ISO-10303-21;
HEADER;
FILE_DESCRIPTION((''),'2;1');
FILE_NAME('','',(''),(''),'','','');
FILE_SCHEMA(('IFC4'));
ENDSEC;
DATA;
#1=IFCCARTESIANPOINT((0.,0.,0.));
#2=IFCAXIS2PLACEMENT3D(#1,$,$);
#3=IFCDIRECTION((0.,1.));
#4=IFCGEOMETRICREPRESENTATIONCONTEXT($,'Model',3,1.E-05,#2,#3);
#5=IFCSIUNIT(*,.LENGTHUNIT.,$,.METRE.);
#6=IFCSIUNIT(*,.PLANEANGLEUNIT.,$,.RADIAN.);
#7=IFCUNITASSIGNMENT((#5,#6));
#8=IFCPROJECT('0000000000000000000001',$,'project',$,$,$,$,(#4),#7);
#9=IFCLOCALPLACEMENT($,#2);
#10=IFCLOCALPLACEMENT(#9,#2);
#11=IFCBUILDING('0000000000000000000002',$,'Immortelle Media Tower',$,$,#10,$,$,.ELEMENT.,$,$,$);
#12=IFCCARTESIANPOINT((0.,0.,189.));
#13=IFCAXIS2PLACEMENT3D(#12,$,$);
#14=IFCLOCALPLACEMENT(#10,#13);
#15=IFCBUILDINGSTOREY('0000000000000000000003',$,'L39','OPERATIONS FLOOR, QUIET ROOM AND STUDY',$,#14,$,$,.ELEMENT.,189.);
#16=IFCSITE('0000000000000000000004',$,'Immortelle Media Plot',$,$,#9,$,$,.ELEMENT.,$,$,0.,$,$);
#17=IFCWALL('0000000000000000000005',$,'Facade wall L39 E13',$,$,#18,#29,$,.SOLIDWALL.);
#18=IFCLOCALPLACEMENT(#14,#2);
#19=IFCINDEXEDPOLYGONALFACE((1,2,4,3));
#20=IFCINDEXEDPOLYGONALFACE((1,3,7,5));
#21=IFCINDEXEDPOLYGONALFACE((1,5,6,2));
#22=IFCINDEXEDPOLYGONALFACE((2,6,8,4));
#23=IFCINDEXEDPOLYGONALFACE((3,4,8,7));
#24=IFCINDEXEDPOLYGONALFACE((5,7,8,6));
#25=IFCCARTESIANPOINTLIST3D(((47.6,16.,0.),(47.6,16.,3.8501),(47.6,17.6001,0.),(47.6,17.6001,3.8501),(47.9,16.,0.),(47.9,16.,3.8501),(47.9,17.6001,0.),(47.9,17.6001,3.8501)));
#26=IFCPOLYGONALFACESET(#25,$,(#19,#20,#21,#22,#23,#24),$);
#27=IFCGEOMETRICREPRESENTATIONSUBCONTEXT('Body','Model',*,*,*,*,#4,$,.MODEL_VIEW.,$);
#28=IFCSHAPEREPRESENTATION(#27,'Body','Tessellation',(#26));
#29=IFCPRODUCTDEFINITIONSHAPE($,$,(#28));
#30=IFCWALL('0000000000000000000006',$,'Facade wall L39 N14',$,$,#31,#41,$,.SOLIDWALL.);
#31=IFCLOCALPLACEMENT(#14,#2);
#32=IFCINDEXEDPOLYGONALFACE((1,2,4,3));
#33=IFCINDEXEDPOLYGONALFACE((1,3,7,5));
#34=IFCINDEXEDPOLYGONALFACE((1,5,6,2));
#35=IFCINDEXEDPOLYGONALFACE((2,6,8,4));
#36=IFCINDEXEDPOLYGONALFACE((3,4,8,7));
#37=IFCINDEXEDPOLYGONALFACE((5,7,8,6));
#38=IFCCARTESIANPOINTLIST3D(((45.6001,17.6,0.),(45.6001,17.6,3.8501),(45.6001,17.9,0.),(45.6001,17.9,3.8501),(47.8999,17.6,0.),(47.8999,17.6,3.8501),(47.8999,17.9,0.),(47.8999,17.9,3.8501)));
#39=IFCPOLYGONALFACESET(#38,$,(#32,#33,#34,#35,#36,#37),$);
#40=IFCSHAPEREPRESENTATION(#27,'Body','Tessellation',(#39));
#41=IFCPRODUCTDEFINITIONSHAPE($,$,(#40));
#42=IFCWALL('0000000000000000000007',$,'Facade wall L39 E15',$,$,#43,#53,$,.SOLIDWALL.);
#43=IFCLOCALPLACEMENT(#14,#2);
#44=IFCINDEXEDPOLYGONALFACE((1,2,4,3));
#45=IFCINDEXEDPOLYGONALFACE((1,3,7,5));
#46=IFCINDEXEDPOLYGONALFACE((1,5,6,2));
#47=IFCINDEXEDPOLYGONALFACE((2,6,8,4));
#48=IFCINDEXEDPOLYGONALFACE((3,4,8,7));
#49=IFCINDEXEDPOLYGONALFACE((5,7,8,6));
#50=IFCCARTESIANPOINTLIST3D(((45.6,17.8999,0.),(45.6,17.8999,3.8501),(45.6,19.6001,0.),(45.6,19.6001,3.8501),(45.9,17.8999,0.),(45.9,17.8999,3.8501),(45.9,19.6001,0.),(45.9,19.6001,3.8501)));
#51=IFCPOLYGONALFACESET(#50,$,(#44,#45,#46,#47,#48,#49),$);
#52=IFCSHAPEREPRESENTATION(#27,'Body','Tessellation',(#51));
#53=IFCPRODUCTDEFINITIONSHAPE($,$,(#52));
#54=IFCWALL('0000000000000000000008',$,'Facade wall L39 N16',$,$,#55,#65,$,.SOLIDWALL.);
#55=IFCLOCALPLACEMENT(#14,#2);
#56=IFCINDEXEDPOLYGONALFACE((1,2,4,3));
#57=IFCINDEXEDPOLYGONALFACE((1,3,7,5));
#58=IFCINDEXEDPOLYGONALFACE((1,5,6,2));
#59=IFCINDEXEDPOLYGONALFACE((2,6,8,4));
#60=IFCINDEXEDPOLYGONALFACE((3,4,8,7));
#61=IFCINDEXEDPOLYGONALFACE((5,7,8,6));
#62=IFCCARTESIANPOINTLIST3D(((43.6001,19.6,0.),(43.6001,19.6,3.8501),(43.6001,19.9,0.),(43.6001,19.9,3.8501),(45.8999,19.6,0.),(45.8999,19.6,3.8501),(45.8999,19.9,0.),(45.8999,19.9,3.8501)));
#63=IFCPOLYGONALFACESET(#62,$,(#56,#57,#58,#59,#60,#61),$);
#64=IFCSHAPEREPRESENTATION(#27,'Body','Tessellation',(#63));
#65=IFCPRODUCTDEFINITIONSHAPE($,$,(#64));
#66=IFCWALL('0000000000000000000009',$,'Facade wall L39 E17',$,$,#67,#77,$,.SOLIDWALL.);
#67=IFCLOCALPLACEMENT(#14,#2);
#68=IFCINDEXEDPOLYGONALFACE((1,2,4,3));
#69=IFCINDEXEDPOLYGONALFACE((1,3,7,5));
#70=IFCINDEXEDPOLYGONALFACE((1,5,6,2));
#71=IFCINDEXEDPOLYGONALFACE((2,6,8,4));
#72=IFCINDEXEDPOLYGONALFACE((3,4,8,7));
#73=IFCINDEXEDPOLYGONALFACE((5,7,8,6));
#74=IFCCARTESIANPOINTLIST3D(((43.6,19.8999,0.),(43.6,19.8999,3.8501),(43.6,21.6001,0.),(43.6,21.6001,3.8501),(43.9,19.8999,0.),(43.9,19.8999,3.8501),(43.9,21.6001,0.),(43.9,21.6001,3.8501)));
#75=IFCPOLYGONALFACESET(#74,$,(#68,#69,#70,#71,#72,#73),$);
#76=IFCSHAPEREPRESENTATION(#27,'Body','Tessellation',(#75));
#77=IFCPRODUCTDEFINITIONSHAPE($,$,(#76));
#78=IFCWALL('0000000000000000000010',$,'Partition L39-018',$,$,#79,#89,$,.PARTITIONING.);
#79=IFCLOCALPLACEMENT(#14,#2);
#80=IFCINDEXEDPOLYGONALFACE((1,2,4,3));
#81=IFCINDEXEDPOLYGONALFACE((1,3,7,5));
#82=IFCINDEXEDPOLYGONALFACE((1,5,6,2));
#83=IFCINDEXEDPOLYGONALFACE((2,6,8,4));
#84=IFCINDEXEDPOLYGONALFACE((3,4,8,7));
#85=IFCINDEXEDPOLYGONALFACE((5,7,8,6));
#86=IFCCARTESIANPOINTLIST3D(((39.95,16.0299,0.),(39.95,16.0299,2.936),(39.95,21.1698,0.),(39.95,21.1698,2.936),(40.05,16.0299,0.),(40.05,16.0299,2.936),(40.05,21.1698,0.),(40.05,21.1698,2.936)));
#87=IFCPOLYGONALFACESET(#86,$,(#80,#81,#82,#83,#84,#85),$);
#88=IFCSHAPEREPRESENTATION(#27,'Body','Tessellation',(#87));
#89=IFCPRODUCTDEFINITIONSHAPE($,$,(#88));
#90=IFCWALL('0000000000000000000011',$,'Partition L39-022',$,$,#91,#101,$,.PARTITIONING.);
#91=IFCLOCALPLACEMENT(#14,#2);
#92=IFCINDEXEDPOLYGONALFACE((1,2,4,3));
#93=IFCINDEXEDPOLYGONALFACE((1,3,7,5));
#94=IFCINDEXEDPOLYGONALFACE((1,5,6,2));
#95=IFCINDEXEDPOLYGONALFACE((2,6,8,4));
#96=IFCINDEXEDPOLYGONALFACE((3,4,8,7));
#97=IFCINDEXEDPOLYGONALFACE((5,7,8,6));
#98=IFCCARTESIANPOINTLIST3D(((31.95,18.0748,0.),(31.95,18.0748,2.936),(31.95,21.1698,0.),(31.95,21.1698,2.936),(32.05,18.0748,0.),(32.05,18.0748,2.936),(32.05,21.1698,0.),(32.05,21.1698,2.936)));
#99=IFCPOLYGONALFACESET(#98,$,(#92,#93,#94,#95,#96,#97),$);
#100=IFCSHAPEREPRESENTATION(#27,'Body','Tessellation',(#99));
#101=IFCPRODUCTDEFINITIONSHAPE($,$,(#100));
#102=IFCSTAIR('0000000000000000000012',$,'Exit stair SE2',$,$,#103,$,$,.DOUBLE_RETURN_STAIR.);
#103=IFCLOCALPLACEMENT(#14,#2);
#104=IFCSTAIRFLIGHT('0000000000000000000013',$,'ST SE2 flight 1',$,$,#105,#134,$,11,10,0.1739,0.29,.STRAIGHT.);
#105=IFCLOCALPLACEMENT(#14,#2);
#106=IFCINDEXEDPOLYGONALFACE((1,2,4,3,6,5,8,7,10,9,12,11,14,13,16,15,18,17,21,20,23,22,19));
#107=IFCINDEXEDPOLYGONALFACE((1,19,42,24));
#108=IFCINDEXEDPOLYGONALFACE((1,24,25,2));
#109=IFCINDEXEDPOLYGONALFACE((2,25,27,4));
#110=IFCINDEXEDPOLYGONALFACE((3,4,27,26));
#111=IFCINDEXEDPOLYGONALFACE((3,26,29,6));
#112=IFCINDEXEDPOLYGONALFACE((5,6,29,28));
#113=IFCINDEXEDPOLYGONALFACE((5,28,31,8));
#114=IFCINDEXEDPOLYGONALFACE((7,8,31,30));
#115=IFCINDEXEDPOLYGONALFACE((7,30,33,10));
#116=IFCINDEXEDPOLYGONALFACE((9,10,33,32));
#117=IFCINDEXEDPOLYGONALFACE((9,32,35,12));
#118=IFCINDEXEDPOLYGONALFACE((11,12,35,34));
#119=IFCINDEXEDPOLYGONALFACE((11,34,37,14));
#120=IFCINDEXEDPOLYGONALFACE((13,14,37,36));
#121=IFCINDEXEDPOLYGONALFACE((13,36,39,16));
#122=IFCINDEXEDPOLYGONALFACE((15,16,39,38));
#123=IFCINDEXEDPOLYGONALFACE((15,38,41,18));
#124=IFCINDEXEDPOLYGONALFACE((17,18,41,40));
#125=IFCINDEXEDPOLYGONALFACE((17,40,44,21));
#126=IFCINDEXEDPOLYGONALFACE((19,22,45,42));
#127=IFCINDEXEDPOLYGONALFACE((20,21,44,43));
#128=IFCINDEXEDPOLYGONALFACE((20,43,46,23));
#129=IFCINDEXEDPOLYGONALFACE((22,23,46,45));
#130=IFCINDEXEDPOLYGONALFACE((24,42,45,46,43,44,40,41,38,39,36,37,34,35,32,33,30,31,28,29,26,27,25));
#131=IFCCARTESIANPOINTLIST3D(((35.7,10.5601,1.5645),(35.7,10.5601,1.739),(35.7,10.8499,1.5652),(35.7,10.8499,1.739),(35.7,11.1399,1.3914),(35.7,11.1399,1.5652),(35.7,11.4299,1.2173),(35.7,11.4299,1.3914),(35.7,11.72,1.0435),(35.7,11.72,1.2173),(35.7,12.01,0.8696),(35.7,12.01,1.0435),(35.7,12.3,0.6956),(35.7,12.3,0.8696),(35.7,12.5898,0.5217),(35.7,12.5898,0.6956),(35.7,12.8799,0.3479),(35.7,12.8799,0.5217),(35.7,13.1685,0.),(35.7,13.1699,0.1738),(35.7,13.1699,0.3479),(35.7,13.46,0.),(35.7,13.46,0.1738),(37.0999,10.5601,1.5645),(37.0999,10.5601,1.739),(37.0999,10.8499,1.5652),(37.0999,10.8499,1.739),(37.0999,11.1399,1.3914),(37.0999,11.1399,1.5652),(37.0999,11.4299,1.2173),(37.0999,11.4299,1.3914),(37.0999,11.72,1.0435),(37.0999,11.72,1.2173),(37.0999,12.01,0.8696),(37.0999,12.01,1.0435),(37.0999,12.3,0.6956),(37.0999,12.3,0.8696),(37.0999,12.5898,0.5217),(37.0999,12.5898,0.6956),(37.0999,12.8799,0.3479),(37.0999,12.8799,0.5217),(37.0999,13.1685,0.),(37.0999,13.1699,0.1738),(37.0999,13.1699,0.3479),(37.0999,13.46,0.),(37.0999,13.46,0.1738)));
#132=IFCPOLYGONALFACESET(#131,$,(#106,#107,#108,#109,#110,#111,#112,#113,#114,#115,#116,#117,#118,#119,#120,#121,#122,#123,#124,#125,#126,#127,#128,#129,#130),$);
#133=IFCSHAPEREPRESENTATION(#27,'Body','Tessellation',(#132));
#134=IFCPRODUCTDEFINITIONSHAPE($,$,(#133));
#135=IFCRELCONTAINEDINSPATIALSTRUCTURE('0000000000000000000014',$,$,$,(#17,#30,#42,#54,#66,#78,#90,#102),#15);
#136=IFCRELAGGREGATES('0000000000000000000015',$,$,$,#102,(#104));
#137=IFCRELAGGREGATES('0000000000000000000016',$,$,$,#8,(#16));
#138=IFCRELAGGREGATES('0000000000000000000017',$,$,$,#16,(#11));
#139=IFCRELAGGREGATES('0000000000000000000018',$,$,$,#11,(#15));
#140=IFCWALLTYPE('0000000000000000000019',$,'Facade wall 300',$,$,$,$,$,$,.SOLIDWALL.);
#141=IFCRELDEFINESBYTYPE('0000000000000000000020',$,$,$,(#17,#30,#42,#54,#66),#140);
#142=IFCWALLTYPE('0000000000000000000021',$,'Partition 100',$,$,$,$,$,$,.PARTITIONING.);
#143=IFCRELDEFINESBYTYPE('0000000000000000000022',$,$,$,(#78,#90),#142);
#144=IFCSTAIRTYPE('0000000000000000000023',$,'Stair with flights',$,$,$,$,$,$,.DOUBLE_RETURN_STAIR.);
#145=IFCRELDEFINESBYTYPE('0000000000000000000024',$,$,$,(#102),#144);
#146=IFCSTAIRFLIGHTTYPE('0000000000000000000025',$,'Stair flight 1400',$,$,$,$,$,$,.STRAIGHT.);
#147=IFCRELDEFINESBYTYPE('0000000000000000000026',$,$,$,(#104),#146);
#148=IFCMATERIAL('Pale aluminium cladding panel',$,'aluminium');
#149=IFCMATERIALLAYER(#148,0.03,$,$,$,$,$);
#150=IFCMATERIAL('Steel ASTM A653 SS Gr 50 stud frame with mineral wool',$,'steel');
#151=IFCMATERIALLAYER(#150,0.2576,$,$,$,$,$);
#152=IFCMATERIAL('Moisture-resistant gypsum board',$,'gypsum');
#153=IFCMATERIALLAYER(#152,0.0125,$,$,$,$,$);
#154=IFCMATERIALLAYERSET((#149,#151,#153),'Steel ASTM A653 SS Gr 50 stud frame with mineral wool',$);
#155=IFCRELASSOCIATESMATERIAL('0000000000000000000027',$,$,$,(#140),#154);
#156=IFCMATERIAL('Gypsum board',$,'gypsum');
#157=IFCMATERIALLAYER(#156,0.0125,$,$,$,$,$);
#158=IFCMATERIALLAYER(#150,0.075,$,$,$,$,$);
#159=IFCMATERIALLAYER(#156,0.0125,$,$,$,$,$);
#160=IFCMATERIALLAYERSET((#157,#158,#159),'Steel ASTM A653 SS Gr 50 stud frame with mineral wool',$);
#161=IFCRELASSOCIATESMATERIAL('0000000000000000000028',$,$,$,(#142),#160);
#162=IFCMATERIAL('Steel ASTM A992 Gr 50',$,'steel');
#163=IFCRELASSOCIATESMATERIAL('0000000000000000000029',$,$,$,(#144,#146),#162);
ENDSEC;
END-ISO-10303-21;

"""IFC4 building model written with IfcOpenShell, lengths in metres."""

from ifc_helpers import new_model, si_unit, direction, frame, frame_2d, origin, place, context, subcontext, project, spatial, polyline, rectangle, outline, extrude, material, layer, layer_set, type_object, element, aggregate, save


model = new_model("IFC4")

# Units and contexts
model_context = context("Model", 3, precision=1e-05, world=origin(), true_north=direction((0.0, 1.0)))
body_context = subcontext(model_context, "Body", "Model", "MODEL_VIEW")
ifc_project = project(units=[si_unit("LENGTHUNIT", "METRE"), si_unit("PLANEANGLEUNIT", "RADIAN")], contexts=[model_context])

# Site, building, storey
site_placement = place(None, origin())
site = spatial("IfcSite", under=ifc_project, at=site_placement, Name="Immortelle Media Plot", CompositionType="ELEMENT", RefElevation=0.0)
building_placement = place(site_placement, origin())
building = spatial("IfcBuilding", under=site, at=building_placement, Name="Immortelle Media Tower", CompositionType="ELEMENT")
storey_placement = place(building_placement, frame((0.0, 0.0, 189.0)))
storey = spatial("IfcBuildingStorey", under=building, at=storey_placement, Name="L39", Description="OPERATIONS FLOOR, QUIET ROOM AND STUDY", CompositionType="ELEMENT", Elevation=189.0)

# Shared definitions
ifc_material_1 = material(Name="Steel ASTM A992 Gr 50", Category="steel")

# Walls
ifc_material_2 = material(Name="Steel ASTM A653 SS Gr 50 stud frame with mineral wool", Category="steel")
ifc_material_3 = material(Name="Pale aluminium cladding panel", Category="aluminium")
ifc_layer_1 = layer(ifc_material_3, 0.03)
ifc_layer_2 = layer(ifc_material_2, 0.2576)
ifc_material_4 = material(Name="Moisture-resistant gypsum board", Category="gypsum")
ifc_layer_3 = layer(ifc_material_4, 0.0125)
ifc_layer_set_1 = layer_set([ifc_layer_1, ifc_layer_2, ifc_layer_3], Name="Steel ASTM A653 SS Gr 50 stud frame with mineral wool")
wall_type_1 = type_object("IfcWallType", Name="Facade wall 300", PredefinedType="SOLIDWALL", material=ifc_layer_set_1)
wall_1_placement = place(storey_placement, frame((47.75, 16.0, 0.0), z_axis=(0.0, 0.0, 1.0), x_axis=(0.0, 1.0, 0.0)))
element("IfcWall", 1, at=wall_1_placement, inside=storey, type_object=wall_type_1, Name="Facade wall L39 E13", PredefinedType="SOLIDWALL", context=body_context, shape_type="SweptSolid", body=[
    extrude(rectangle(XDim=1.6001, YDim=0.3, at=frame_2d((0.8, 0.0))), origin(), (0.0, 0.0, 1.0), 3.8501),
])
wall_2_placement = place(storey_placement, frame((47.8999, 17.75, 0.0), z_axis=(0.0, 0.0, 1.0), x_axis=(-1.0, 0.0, 0.0)))
element("IfcWall", 2, at=wall_2_placement, inside=storey, type_object=wall_type_1, Name="Facade wall L39 N14", PredefinedType="SOLIDWALL", context=body_context, shape_type="SweptSolid", body=[
    extrude(rectangle(XDim=2.2998, YDim=0.3, at=frame_2d((1.1499, 0.0))), origin(), (0.0, 0.0, 1.0), 3.8501),
])
wall_3_placement = place(storey_placement, frame((45.75, 17.8999, 0.0), z_axis=(0.0, 0.0, 1.0), x_axis=(0.0, 1.0, 0.0)))
element("IfcWall", 3, at=wall_3_placement, inside=storey, type_object=wall_type_1, Name="Facade wall L39 E15", PredefinedType="SOLIDWALL", context=body_context, shape_type="SweptSolid", body=[
    extrude(rectangle(XDim=1.7002, YDim=0.3, at=frame_2d((0.8501, 0.0))), origin(), (0.0, 0.0, 1.0), 3.8501),
])
wall_4_placement = place(storey_placement, frame((45.8999, 19.75, 0.0), z_axis=(0.0, 0.0, 1.0), x_axis=(-1.0, 0.0, 0.0)))
element("IfcWall", 4, at=wall_4_placement, inside=storey, type_object=wall_type_1, Name="Facade wall L39 N16", PredefinedType="SOLIDWALL", context=body_context, shape_type="SweptSolid", body=[
    extrude(rectangle(XDim=2.2998, YDim=0.3, at=frame_2d((1.1499, 0.0))), origin(), (0.0, 0.0, 1.0), 3.8501),
])
wall_5_placement = place(storey_placement, frame((43.75, 19.8999, 0.0), z_axis=(0.0, 0.0, 1.0), x_axis=(0.0, 1.0, 0.0)))
element("IfcWall", 5, at=wall_5_placement, inside=storey, type_object=wall_type_1, Name="Facade wall L39 E17", PredefinedType="SOLIDWALL", context=body_context, shape_type="SweptSolid", body=[
    extrude(rectangle(XDim=1.7002, YDim=0.3, at=frame_2d((0.8501, 0.0))), origin(), (0.0, 0.0, 1.0), 3.8501),
])
ifc_material_5 = material(Name="Gypsum board", Category="gypsum")
ifc_layer_4 = layer(ifc_material_5, 0.0125)
ifc_layer_5 = layer(ifc_material_2, 0.075)
ifc_layer_6 = layer(ifc_material_5, 0.0125)
ifc_layer_set_2 = layer_set([ifc_layer_4, ifc_layer_5, ifc_layer_6], Name="Steel ASTM A653 SS Gr 50 stud frame with mineral wool")
wall_type_2 = type_object("IfcWallType", Name="Partition 100", PredefinedType="PARTITIONING", material=ifc_layer_set_2)
wall_6_placement = place(storey_placement, frame((40.0, 16.03, 0.0), z_axis=(0.0, 0.0, 1.0), x_axis=(0.0, 1.0, 0.0)))
element("IfcWall", 6, at=wall_6_placement, inside=storey, type_object=wall_type_2, Name="Partition L39-018", PredefinedType="PARTITIONING", context=body_context, shape_type="SweptSolid", body=[
    extrude(rectangle(XDim=5.1399, YDim=0.1001, at=frame_2d((2.5698, 0.0))), origin(), (0.0, 0.0, 1.0), 2.936),
])
wall_7_placement = place(storey_placement, frame((32.0, 18.075, 0.0), z_axis=(0.0, 0.0, 1.0), x_axis=(0.0, 1.0, 0.0)))
element("IfcWall", 7, at=wall_7_placement, inside=storey, type_object=wall_type_2, Name="Partition L39-022", PredefinedType="PARTITIONING", context=body_context, shape_type="SweptSolid", body=[
    extrude(rectangle(XDim=3.095, YDim=0.1001, at=frame_2d((1.5474, 0.0))), origin(), (0.0, 0.0, 1.0), 2.936),
])

# Stair, stair flight
stair_type = type_object("IfcStairType", Name="Stair with flights", PredefinedType="DOUBLE_RETURN_STAIR", material=ifc_material_1)
stair_placement = place(storey_placement, origin())
stair = element("IfcStair", 8, at=stair_placement, inside=storey, type_object=stair_type, Name="Exit stair SE2", PredefinedType="DOUBLE_RETURN_STAIR")
stair_flight_type = type_object("IfcStairFlightType", Name="Stair flight 1400", PredefinedType="STRAIGHT", material=ifc_material_1)
stair_flight_placement = place(storey_placement, frame((36.3999, 13.46, 0.0), z_axis=(0.0, 0.0, 1.0), x_axis=(0.0, -1.0, 0.0)))
stair_flight = element("IfcStairFlight", 9, at=stair_flight_placement, type_object=stair_flight_type, Name="ST SE2 flight 1", NumberOfRisers=11, NumberOfTreads=10, PredefinedType="STRAIGHT", RiserHeight=0.1739, TreadLength=0.29, context=body_context, shape_type="SweptSolid", body=[
    extrude(outline(polyline([(0.0, 0.0), (0.0, 0.1738), (0.29, 0.1738), (0.29, 0.3479), (0.5801, 0.3479), (0.5801, 0.5217), (0.8701, 0.5217), (0.8701, 0.6956), (1.1599, 0.6956), (1.1599, 0.8696), (1.45, 0.8696), (1.45, 1.0435), (1.74, 1.0435), (1.74, 1.2173), (2.03, 1.2173), (2.03, 1.3914), (2.3201, 1.3914), (2.3201, 1.5652), (2.6101, 1.5652), (2.6101, 1.739), (2.8999, 1.739), (2.8999, 1.9131), (2.8999, 1.5645), (0.2915, 0.0), (0.0, 0.0)])), frame((0.0, 0.7, 0.0), z_axis=(0.0, -1.0, 0.0), x_axis=(1.0, 0.0, 0.0)), (0.0, 0.0, 1.0), 1.3999),
])
aggregate(stair, [stair_flight])

save(model, "model.ifc")
